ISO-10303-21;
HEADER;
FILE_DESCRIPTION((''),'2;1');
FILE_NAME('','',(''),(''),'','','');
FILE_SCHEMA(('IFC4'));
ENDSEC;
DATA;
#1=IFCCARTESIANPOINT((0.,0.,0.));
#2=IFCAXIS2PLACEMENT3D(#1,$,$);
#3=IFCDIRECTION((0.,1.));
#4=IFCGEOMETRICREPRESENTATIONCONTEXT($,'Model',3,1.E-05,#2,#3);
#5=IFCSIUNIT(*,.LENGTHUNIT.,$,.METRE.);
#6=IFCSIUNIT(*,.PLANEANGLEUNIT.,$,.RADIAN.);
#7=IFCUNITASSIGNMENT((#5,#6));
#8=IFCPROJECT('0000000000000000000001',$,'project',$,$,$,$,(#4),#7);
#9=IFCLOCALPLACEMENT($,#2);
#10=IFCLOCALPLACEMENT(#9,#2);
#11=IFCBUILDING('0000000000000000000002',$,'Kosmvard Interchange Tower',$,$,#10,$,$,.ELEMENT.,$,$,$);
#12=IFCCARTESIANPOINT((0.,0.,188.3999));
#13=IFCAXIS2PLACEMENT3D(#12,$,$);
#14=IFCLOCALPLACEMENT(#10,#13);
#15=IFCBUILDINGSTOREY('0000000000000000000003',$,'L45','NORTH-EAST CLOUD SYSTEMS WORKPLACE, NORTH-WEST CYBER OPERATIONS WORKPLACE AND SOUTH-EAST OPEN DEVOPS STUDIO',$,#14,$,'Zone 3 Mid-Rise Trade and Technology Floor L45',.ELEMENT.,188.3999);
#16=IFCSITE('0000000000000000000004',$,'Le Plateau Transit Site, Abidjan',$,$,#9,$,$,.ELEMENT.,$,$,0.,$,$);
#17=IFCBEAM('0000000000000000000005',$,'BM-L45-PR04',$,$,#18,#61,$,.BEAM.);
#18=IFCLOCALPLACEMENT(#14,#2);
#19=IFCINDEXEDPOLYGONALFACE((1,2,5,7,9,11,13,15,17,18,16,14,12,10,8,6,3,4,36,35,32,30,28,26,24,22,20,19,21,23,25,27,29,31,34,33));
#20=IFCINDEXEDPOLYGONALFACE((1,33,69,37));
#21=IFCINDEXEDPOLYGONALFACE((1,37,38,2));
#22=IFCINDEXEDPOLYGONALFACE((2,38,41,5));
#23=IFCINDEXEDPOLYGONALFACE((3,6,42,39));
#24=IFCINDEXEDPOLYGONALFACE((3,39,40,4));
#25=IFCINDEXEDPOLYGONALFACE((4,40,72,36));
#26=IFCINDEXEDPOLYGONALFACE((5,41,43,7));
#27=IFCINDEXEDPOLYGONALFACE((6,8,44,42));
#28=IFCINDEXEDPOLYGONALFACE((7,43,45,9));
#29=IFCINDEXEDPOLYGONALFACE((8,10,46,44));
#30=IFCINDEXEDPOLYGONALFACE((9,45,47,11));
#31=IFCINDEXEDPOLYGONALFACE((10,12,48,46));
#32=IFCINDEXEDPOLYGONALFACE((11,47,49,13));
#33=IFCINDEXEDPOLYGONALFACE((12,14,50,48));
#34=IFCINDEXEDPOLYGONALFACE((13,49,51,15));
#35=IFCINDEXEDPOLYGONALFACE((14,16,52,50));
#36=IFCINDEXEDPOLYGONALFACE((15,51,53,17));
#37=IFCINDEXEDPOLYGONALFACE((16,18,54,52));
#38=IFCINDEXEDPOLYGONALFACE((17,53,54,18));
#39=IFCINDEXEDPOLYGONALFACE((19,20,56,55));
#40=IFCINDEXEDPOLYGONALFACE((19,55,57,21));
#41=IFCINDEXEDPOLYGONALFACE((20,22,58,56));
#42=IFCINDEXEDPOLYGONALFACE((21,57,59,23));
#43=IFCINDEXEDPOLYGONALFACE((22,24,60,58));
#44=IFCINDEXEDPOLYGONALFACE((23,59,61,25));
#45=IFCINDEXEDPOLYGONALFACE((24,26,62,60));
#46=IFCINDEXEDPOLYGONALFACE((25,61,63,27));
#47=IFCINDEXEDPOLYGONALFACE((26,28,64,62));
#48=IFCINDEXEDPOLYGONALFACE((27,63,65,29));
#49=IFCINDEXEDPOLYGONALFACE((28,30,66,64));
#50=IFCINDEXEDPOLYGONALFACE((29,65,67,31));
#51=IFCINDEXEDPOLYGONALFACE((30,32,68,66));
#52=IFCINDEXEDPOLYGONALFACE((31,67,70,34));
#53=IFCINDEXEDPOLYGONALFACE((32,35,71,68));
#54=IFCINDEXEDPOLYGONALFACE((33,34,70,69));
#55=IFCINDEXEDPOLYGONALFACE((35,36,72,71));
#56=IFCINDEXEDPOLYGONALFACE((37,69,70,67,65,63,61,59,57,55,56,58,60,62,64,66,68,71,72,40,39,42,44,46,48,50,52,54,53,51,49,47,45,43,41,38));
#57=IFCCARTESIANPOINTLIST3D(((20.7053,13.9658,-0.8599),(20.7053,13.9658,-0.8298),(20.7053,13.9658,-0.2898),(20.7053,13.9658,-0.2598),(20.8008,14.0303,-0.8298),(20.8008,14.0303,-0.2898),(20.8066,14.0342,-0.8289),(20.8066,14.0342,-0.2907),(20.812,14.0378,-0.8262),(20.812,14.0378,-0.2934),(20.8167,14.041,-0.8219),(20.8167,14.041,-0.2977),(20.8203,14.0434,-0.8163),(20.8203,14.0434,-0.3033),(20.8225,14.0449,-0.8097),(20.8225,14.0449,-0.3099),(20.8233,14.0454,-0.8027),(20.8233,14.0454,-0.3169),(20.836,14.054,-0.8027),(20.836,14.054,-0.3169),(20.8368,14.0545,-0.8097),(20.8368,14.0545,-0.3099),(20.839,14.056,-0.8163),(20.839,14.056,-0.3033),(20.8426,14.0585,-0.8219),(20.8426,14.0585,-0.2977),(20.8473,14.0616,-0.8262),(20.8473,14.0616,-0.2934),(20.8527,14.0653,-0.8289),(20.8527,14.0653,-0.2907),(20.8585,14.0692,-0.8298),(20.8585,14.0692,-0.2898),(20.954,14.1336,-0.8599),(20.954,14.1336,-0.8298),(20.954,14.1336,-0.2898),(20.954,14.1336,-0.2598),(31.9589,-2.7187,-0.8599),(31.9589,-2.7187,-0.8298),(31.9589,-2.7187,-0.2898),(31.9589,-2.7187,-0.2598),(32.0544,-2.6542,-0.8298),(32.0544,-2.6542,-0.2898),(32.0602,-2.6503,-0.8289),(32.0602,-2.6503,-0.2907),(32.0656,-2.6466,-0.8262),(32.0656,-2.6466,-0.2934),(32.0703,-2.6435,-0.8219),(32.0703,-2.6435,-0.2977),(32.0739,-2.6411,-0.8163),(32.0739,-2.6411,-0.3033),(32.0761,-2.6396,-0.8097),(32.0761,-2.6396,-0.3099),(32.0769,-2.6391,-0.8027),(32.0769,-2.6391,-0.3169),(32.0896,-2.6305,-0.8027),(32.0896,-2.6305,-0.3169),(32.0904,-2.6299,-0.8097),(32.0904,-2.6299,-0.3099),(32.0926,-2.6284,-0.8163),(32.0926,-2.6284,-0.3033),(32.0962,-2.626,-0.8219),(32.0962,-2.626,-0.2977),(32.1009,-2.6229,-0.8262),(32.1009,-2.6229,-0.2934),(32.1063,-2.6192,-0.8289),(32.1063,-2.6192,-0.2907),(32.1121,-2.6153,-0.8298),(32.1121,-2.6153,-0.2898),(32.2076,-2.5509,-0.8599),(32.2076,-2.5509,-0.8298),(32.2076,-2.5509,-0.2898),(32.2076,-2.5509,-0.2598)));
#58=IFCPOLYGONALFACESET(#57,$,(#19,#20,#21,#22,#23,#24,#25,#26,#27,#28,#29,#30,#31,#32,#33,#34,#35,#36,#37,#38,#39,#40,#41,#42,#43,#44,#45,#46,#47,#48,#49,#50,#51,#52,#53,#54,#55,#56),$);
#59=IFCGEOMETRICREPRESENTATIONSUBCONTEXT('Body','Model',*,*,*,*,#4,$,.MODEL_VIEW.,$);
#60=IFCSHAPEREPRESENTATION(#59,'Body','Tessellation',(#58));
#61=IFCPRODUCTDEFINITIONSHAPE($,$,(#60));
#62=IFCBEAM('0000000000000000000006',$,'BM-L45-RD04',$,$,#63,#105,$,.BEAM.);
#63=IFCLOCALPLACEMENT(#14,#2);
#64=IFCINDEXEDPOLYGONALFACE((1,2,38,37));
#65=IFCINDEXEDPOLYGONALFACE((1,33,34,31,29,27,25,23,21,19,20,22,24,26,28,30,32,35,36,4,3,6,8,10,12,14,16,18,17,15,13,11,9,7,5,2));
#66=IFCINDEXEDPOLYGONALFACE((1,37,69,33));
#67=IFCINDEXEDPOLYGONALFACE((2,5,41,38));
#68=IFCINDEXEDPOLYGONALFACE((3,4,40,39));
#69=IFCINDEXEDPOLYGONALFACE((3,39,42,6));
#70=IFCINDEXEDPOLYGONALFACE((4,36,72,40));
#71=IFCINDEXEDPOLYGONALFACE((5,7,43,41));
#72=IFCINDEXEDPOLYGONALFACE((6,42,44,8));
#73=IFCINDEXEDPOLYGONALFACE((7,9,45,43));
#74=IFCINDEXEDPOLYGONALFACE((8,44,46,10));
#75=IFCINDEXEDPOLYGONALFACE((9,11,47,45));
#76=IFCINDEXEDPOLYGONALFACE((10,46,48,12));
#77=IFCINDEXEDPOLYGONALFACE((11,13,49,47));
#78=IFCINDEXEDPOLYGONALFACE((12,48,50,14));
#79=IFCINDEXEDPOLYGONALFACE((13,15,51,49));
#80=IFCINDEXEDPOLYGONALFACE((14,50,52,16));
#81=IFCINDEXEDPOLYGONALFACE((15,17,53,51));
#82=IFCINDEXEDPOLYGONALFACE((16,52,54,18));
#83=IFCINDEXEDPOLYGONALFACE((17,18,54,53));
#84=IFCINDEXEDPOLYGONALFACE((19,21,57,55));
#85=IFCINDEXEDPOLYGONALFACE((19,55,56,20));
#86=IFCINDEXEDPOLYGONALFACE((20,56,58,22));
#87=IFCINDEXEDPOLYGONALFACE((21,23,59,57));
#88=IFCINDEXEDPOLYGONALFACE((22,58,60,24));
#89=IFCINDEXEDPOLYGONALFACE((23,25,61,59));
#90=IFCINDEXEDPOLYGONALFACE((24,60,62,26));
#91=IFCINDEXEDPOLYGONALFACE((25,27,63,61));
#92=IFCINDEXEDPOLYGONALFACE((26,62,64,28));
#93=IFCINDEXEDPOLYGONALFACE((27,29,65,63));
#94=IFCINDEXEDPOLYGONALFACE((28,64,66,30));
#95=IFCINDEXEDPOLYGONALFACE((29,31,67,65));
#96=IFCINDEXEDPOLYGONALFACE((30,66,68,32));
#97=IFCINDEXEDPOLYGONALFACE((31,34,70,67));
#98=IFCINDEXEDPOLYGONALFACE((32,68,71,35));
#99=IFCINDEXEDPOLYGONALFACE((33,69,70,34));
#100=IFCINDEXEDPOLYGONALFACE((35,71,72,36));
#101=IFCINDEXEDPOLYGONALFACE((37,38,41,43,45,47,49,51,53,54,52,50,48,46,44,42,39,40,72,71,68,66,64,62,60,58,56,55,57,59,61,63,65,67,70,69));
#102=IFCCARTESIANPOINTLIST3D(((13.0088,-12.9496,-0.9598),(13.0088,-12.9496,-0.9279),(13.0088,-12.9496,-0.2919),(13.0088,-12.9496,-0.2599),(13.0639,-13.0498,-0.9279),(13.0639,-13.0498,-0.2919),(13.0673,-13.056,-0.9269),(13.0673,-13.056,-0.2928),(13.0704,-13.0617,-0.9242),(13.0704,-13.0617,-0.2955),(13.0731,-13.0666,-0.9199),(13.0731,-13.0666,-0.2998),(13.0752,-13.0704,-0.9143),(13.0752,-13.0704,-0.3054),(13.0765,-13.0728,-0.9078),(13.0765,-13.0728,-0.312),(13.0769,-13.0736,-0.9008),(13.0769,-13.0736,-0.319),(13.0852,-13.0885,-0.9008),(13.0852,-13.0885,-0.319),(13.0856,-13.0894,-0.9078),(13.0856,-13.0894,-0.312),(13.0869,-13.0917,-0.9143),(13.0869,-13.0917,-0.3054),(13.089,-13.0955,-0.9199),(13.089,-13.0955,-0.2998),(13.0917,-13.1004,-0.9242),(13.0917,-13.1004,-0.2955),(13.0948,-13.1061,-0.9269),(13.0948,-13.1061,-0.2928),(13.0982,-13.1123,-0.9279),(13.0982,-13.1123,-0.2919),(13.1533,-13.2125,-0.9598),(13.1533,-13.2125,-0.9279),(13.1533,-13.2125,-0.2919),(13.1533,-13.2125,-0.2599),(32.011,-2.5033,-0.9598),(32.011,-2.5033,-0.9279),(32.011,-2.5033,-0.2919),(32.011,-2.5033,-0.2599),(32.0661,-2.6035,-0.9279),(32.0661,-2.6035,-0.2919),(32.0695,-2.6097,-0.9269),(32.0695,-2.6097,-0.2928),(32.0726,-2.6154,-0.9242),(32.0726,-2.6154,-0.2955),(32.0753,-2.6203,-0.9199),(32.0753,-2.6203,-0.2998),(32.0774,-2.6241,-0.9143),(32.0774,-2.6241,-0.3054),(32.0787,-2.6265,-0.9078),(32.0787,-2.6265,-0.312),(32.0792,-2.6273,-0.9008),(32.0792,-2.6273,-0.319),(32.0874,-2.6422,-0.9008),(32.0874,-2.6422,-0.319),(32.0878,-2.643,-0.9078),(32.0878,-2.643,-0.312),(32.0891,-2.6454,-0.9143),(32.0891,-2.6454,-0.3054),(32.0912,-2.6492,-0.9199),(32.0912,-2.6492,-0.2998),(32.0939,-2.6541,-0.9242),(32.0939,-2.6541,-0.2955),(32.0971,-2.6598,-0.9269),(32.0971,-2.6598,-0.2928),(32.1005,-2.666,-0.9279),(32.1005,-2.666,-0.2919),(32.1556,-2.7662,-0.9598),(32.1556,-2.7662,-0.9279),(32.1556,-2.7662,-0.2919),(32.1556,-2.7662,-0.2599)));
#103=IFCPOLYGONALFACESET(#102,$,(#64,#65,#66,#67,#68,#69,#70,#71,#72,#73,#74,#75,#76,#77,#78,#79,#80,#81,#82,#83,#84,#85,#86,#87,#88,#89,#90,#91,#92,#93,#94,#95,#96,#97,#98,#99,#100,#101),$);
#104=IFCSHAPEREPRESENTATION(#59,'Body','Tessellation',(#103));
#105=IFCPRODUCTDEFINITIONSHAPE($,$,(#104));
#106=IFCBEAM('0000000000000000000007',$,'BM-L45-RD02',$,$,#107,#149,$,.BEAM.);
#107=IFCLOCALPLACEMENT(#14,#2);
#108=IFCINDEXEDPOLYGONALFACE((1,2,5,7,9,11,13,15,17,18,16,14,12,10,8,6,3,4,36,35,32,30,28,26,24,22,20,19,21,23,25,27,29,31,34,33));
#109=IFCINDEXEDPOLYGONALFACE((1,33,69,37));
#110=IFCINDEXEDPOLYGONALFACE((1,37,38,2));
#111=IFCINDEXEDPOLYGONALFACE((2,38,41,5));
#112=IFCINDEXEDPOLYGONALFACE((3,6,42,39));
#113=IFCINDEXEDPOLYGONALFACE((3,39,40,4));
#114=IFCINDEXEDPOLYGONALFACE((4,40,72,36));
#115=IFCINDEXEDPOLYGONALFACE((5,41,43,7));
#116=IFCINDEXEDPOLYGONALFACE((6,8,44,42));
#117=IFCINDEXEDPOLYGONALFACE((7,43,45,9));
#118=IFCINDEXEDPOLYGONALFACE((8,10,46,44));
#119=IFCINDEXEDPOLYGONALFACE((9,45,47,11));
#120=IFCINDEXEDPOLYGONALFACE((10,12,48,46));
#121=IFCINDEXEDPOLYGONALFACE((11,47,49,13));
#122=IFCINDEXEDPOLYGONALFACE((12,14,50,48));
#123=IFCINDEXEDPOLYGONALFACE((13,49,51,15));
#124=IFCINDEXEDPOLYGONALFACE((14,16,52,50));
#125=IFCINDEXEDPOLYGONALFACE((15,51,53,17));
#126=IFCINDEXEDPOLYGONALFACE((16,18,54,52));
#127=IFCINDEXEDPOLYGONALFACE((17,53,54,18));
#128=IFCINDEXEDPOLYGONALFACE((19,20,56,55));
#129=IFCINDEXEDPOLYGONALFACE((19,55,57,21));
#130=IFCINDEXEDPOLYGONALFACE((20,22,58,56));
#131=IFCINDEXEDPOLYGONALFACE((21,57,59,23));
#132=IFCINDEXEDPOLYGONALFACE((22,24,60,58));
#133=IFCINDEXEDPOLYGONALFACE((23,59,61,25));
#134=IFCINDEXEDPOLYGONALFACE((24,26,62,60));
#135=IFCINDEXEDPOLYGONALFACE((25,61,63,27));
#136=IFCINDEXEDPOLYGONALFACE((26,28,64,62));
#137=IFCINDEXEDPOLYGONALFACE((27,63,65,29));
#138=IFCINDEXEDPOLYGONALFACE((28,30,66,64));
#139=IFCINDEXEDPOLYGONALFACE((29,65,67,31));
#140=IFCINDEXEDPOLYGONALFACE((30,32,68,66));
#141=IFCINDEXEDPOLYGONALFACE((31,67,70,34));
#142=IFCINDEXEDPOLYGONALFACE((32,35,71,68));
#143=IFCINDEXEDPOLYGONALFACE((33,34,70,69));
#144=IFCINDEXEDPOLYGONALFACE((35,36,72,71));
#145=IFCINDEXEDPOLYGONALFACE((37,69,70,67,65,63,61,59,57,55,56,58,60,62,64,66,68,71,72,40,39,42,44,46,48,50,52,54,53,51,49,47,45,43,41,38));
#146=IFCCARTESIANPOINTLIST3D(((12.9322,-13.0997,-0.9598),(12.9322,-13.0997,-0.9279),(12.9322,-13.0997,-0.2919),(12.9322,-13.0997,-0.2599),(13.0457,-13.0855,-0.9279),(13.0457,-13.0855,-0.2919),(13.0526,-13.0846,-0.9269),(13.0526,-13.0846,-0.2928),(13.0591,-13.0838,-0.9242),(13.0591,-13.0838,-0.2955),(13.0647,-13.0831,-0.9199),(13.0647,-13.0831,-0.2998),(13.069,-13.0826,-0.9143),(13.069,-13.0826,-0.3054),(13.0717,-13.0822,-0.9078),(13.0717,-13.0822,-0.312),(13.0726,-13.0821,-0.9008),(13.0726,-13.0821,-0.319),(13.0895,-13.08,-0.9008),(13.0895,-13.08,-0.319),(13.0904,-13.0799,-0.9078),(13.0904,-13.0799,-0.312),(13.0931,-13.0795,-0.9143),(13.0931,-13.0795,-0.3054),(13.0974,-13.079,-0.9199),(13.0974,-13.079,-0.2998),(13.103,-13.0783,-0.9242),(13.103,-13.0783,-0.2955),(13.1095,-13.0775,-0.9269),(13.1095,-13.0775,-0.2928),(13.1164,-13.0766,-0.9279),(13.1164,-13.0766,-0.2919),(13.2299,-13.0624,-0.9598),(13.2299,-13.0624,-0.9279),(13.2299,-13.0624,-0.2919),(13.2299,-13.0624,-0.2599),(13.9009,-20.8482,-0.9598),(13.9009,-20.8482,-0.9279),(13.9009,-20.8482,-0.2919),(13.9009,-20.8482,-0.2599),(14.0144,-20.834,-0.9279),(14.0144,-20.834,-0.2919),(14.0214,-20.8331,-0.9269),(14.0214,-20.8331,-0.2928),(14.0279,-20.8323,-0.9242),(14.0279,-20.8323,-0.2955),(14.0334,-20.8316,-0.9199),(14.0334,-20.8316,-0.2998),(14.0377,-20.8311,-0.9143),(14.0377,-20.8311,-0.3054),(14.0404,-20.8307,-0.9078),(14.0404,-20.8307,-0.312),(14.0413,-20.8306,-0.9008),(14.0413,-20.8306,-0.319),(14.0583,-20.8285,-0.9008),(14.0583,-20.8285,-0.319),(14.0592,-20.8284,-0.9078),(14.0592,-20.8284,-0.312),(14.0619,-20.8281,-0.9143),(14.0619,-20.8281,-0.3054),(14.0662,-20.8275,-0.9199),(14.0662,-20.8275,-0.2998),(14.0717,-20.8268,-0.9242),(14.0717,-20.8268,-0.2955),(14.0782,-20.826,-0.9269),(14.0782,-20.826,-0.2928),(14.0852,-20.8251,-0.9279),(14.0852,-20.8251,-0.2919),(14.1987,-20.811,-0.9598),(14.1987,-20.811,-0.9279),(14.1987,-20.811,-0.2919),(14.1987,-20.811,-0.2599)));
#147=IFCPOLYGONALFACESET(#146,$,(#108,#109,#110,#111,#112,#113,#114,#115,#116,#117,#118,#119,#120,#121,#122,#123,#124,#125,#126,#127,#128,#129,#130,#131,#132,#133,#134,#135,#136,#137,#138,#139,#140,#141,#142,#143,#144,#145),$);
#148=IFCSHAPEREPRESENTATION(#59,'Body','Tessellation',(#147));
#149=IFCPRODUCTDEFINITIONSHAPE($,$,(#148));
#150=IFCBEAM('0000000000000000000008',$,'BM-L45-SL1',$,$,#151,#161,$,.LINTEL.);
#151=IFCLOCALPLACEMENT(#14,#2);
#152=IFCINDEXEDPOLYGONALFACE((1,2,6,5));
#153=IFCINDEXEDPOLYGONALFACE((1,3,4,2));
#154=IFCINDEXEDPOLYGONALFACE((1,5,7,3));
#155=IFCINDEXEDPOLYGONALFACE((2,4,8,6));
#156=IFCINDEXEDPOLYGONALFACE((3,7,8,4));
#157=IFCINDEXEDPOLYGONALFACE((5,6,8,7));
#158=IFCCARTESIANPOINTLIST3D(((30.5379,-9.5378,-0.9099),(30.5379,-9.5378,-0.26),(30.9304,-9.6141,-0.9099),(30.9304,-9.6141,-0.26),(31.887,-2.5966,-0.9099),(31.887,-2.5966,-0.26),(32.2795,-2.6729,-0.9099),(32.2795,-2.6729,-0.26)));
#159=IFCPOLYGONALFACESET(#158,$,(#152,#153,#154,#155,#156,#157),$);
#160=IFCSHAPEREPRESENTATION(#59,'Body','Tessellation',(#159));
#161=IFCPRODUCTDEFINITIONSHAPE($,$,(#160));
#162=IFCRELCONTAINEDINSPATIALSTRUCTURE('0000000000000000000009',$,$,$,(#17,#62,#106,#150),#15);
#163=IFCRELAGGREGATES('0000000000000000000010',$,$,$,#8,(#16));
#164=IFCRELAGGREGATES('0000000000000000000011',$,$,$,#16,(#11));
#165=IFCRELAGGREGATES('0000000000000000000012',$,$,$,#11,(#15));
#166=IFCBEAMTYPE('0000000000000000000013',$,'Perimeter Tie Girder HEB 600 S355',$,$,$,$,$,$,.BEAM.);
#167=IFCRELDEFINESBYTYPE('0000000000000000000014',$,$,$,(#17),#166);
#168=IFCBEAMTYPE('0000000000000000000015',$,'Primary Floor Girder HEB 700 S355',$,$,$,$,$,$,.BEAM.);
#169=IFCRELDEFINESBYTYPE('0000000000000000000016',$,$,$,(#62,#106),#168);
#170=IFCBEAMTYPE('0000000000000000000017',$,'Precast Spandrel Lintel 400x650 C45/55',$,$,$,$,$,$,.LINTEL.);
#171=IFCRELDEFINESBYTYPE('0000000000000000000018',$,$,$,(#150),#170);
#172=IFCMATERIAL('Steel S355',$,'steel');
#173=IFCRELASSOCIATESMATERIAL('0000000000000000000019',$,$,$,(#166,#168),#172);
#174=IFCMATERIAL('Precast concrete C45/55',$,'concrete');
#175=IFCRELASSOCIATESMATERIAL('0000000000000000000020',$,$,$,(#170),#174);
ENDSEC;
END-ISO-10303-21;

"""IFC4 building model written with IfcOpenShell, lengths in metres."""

from ifc_helpers import new_model, si_unit, direction, frame, origin, origin_2d, place, context, subcontext, project, spatial, rectangle, i_section, extrude, source, transform, mapped, material, material_profile, profile_set, type_object, element, save


model = new_model("IFC4")

# Units and contexts
model_context = context("Model", 3, precision=1e-05, world=origin(), true_north=direction((0.0, 1.0)))
body_context = subcontext(model_context, "Body", "Model", "MODEL_VIEW")
ifc_project = project(units=[si_unit("LENGTHUNIT", "METRE"), si_unit("PLANEANGLEUNIT", "RADIAN")], contexts=[model_context])

# Site, building, storey
site_placement = place(None, origin())
site = spatial("IfcSite", under=ifc_project, at=site_placement, Name="Le Plateau Transit Site, Abidjan", CompositionType="ELEMENT", RefElevation=0.0)
building_placement = place(site_placement, origin())
building = spatial("IfcBuilding", under=site, at=building_placement, Name="Kosmvard Interchange Tower", CompositionType="ELEMENT")
storey_placement = place(building_placement, frame((0.0, 0.0, 188.3999)))
storey = spatial("IfcBuildingStorey", under=building, at=storey_placement, Name="L45", Description="NORTH-EAST CLOUD SYSTEMS WORKPLACE, NORTH-WEST CYBER OPERATIONS WORKPLACE AND SOUTH-EAST OPEN DEVOPS STUDIO", LongName="Zone 3 Mid-Rise Trade and Technology Floor L45", CompositionType="ELEMENT", Elevation=188.3999)

# Beams
ifc_material_1 = material(Name="Steel S355", Category="steel")
ifc_material_profile_1 = material_profile(ifc_material_1, i_section(OverallWidth=0.3, OverallDepth=0.6001, WebThickness=0.0154, FlangeThickness=0.03, FilletRadius=0.0271, at=origin_2d()), Name="HEB 600")
ifc_profile_set_1 = profile_set([ifc_material_profile_1], Name="Steel S355")
beam_type_1 = type_object("IfcBeamType", Name="Perimeter Tie Girder HEB 600 S355", PredefinedType="BEAM", material=ifc_profile_set_1)
shared_shape_1 = source(origin(), body_context, "Body", "SweptSolid", [
    extrude(i_section(OverallWidth=0.3, OverallDepth=0.6001, WebThickness=0.0154, FlangeThickness=0.03, FilletRadius=0.0271, at=origin_2d()), origin(), (0.0, 0.0, 1.0), 20.125),
])
for number, where, z_axis, x_axis, name in (
    (1, (32.0833, -2.6348, -0.5598), (-0.559185, 0.829043, 0.0), (-0.829043, -0.559185, 0.0), "BM-L45-PR04"),
):
    element("IfcBeam", number, at=place(storey_placement, frame(where, z_axis=z_axis, x_axis=x_axis)), inside=storey, type_object=beam_type_1, Name=name, PredefinedType="BEAM", context=body_context, shape_type="MappedRepresentation", body=[
        mapped(shared_shape_1, transform((0.0, 0.0, 0.0), scale=1.0)),
    ])
ifc_material_profile_2 = material_profile(ifc_material_1, i_section(OverallWidth=0.3, OverallDepth=0.7, WebThickness=0.0171, FlangeThickness=0.032, FilletRadius=0.0271, at=origin_2d()), Name="HEB 700")
ifc_profile_set_2 = profile_set([ifc_material_profile_2], Name="Steel S355")
beam_type_2 = type_object("IfcBeamType", Name="Primary Floor Girder HEB 700 S355", PredefinedType="BEAM", material=ifc_profile_set_2)
shared_shape_2 = source(origin(), body_context, "Body", "SweptSolid", [
    extrude(i_section(OverallWidth=0.3, OverallDepth=0.7, WebThickness=0.0171, FlangeThickness=0.032, FilletRadius=0.0271, at=origin_2d()), origin(), (0.0, 0.0, 1.0), 21.6843),
])
beam_1_placement = place(storey_placement, frame((13.0811, -13.0811, -0.6099), z_axis=(0.876312, 0.481745, 0.0), x_axis=(-0.481745, 0.876312, 0.0)))
element("IfcBeam", 2, at=beam_1_placement, inside=storey, type_object=beam_type_2, Name="BM-L45-RD04", PredefinedType="BEAM", context=body_context, shape_type="MappedRepresentation", body=[
    mapped(shared_shape_2, transform((0.0, 0.0, 0.0), scale=1.0)),
])
shared_shape_3 = source(origin(), body_context, "Body", "SweptSolid", [
    extrude(i_section(OverallWidth=0.3, OverallDepth=0.7, WebThickness=0.0171, FlangeThickness=0.032, FilletRadius=0.0271, at=origin_2d()), origin(), (0.0, 0.0, 1.0), 7.8088),
])
beam_2_placement = place(storey_placement, frame((13.0811, -13.0811, -0.6099), z_axis=(0.124058, -0.992275, 0.0), x_axis=(0.992275, 0.124058, 0.0)))
element("IfcBeam", 3, at=beam_2_placement, inside=storey, type_object=beam_type_2, Name="BM-L45-RD02", PredefinedType="BEAM", context=body_context, shape_type="MappedRepresentation", body=[
    mapped(shared_shape_3, transform((0.0, 0.0, 0.0), scale=1.0)),
])
ifc_material_2 = material(Name="Precast concrete C45/55", Category="concrete")
ifc_material_profile_3 = material_profile(ifc_material_2, rectangle(XDim=0.3999, YDim=0.6499, at=origin_2d()), Name="SL 400x650")
ifc_profile_set_3 = profile_set([ifc_material_profile_3], Name="Precast concrete C45/55")
beam_type_3 = type_object("IfcBeamType", Name="Precast Spandrel Lintel 400x650 C45/55", PredefinedType="LINTEL", material=ifc_profile_set_3)
shared_shape_4 = source(origin(), body_context, "Body", "SweptSolid", [
    extrude(rectangle(XDim=0.3999, YDim=0.6499, at=origin_2d()), origin(), (0.0, 0.0, 1.0), 7.071),
])
beam_3_placement = place(storey_placement, frame((30.7341, -9.5759, -0.585), z_axis=(0.190795, 0.98163, 0.0), x_axis=(-0.98163, 0.190795, 0.0)))
element("IfcBeam", 4, at=beam_3_placement, inside=storey, type_object=beam_type_3, Name="BM-L45-SL1", PredefinedType="LINTEL", context=body_context, shape_type="MappedRepresentation", body=[
    mapped(shared_shape_4, transform((0.0, 0.0, 0.0), scale=1.0)),
])

save(model, "model.ifc")
